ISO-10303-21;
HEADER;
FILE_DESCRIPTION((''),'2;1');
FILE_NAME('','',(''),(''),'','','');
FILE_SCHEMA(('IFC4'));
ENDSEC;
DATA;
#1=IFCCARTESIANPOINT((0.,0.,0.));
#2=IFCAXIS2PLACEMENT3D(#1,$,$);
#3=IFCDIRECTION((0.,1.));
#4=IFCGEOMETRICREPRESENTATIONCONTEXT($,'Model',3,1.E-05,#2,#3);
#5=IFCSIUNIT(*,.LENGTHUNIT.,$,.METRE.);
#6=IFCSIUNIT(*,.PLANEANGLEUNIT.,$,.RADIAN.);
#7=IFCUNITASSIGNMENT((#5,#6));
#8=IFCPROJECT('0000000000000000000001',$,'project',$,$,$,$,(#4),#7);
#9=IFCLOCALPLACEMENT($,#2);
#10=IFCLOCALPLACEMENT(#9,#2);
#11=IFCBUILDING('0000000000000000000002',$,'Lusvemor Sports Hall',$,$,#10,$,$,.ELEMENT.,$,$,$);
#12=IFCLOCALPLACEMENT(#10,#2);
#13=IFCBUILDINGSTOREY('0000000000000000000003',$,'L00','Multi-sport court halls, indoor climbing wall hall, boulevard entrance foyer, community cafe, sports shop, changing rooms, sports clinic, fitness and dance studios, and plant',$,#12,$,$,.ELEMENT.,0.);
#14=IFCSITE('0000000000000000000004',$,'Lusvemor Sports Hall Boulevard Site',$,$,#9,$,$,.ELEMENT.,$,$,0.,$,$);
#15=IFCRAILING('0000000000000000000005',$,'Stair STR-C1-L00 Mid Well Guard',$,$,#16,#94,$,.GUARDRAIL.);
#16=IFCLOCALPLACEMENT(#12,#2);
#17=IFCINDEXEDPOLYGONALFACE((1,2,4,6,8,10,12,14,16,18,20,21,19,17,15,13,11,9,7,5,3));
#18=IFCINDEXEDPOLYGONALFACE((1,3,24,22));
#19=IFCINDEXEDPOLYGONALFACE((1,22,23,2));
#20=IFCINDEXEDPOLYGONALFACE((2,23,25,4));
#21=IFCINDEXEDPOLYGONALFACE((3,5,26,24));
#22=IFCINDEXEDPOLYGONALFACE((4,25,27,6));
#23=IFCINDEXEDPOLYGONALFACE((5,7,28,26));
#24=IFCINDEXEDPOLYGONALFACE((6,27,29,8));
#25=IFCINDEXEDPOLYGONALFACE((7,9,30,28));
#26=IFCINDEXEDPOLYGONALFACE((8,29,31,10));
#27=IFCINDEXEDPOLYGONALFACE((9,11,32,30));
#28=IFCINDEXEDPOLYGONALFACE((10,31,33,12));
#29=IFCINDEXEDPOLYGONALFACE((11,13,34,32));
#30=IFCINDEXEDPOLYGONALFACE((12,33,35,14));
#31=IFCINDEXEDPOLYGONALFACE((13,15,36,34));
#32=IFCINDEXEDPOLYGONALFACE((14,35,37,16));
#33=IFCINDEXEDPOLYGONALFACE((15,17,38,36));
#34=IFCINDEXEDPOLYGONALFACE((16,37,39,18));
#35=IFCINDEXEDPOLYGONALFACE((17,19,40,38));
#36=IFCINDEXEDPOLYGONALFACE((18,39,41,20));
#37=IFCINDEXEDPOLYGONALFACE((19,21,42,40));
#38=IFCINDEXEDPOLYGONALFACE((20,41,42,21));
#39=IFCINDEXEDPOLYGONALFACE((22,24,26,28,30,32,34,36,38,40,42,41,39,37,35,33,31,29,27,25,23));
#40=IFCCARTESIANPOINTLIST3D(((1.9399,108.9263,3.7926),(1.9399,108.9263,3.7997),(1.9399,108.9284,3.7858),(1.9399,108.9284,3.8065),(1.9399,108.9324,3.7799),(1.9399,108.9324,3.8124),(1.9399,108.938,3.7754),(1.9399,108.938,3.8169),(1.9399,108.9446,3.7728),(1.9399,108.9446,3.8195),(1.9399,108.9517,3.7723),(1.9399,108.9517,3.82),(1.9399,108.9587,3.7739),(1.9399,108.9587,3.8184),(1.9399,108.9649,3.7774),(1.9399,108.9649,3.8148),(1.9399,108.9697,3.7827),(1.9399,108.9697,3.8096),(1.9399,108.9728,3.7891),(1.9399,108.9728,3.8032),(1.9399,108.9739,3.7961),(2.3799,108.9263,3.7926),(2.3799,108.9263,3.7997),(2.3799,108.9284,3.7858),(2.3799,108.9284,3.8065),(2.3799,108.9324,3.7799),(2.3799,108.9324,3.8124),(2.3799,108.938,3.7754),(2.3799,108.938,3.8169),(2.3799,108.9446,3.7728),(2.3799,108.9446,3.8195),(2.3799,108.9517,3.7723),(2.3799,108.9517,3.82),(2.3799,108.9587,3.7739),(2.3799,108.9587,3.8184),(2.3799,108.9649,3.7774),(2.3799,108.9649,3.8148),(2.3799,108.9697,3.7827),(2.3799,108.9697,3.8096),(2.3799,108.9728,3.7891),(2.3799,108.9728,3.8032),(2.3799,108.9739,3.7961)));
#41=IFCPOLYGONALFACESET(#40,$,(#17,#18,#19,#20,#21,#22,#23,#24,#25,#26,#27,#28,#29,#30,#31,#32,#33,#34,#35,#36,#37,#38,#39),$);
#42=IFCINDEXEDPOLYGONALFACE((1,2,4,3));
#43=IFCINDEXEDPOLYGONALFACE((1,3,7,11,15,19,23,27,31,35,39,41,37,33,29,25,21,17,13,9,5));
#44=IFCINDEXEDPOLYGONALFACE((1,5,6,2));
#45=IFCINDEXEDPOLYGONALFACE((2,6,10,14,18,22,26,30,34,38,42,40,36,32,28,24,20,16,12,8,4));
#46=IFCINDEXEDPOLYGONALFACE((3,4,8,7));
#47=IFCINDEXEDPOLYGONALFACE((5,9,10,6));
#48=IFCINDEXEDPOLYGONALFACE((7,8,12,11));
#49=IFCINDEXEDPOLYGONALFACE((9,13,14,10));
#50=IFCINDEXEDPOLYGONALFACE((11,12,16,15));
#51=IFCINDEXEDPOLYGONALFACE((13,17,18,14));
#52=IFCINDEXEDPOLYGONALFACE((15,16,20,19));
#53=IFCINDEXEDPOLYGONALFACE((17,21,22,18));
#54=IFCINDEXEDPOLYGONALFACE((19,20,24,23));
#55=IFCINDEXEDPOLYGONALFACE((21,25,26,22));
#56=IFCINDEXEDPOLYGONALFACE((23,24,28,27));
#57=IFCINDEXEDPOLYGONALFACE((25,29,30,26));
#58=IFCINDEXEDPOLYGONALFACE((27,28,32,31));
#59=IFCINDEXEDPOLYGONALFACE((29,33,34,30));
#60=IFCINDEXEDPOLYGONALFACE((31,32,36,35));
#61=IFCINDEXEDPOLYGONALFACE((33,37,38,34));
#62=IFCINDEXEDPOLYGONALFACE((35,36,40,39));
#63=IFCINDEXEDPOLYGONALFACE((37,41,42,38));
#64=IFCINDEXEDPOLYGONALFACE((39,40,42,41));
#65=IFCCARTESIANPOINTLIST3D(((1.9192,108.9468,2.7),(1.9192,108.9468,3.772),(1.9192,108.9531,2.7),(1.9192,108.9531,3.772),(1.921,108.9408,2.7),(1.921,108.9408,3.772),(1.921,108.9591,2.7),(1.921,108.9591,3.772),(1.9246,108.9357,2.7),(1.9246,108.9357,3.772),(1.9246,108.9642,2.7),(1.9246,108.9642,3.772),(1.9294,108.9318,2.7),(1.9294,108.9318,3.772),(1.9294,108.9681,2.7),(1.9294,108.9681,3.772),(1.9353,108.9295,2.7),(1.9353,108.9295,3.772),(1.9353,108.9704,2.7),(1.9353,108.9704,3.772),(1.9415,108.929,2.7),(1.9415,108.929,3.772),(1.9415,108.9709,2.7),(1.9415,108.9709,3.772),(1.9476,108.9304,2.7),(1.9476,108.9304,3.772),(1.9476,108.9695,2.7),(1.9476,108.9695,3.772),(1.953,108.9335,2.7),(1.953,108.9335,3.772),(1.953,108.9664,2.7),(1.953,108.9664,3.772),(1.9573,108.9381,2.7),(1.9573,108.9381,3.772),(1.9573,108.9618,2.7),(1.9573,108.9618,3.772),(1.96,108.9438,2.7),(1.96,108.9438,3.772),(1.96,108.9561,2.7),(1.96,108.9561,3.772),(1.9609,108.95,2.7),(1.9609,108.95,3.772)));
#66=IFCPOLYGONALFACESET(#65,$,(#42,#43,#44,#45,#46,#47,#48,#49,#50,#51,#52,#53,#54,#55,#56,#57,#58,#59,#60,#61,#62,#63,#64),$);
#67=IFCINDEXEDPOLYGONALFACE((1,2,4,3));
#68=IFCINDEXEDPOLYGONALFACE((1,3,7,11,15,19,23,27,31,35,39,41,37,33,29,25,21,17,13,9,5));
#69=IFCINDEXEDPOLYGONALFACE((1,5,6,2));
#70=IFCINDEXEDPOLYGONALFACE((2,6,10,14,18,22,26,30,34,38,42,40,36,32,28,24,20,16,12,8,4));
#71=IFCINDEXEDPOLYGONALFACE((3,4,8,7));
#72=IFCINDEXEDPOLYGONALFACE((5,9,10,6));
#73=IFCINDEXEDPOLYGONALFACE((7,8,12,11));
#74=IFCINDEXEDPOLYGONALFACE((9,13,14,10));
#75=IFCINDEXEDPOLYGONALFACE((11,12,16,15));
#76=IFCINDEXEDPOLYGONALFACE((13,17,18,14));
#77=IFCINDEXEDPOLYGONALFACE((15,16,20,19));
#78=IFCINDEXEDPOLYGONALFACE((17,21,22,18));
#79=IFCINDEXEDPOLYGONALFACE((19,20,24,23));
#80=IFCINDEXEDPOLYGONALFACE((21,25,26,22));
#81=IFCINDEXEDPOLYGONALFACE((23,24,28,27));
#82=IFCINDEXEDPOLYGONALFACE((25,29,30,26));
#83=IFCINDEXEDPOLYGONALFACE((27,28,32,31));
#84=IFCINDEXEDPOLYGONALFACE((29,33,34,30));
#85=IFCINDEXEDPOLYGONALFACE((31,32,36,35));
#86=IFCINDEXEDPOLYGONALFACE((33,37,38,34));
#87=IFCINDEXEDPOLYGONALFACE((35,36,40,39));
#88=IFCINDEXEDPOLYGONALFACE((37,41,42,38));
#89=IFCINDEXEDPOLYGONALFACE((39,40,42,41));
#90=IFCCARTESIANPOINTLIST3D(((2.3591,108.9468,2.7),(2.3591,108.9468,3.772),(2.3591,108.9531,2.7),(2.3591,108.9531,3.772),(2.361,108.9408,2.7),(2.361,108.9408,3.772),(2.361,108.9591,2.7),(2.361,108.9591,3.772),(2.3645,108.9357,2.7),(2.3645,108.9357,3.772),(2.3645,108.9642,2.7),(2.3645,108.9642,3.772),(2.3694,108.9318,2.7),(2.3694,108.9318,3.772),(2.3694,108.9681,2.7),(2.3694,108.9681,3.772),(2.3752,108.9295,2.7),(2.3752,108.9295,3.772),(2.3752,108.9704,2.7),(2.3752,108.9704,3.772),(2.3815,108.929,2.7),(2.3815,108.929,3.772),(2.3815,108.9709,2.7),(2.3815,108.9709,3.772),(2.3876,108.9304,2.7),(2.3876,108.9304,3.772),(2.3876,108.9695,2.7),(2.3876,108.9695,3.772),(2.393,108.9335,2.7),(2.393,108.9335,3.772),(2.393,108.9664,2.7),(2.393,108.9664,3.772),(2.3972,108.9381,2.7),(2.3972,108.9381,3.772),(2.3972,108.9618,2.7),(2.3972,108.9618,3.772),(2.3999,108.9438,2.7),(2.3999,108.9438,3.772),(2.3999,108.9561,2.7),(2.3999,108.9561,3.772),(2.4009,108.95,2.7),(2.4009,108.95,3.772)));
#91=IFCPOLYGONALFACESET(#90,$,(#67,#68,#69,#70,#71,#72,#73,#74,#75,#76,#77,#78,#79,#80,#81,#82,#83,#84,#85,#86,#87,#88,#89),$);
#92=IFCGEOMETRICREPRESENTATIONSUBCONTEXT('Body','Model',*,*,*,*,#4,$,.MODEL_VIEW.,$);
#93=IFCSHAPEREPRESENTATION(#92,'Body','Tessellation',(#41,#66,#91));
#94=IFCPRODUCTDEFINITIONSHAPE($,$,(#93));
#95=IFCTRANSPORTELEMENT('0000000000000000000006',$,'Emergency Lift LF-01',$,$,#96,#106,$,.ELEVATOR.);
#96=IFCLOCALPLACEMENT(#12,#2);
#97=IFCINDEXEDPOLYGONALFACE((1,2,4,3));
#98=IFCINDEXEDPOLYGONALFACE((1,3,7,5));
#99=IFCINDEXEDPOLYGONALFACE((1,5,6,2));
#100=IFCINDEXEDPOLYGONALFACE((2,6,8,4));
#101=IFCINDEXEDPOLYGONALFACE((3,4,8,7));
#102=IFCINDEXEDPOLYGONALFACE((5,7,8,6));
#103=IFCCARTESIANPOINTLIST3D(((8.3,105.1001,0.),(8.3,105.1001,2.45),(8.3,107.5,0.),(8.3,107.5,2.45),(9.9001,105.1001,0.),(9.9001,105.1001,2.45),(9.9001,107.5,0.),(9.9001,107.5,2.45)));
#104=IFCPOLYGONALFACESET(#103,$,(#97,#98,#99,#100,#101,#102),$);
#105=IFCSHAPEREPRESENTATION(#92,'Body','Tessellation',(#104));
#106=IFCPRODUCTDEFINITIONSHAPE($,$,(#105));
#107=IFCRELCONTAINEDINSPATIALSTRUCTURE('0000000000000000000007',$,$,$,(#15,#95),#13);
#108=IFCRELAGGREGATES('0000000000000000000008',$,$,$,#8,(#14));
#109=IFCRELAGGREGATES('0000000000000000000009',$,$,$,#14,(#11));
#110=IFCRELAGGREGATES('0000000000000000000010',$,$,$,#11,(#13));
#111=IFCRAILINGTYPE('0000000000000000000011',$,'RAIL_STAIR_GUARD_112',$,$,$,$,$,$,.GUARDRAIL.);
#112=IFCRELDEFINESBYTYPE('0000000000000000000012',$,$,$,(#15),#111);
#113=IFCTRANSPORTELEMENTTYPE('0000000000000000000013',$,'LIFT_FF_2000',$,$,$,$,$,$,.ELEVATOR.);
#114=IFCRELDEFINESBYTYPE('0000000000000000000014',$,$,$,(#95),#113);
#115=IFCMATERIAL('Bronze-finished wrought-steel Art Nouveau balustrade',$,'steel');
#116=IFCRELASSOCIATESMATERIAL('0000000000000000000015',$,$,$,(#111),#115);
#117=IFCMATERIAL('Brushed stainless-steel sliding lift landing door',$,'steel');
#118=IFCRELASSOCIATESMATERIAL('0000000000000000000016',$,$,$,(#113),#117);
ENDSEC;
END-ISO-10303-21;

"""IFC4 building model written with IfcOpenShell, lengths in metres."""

from ifc_helpers import new_model, si_unit, direction, frame, origin, origin_2d, place, context, subcontext, project, spatial, rectangle, circle, extrude, material, type_object, element, save


model = new_model("IFC4")

# Units and contexts
model_context = context("Model", 3, precision=1e-05, world=origin(), true_north=direction((0.0, 1.0)))
body_context = subcontext(model_context, "Body", "Model", "MODEL_VIEW")
ifc_project = project(units=[si_unit("LENGTHUNIT", "METRE"), si_unit("PLANEANGLEUNIT", "RADIAN")], contexts=[model_context])

# Site, building, storey
site_placement = place(None, origin())
site = spatial("IfcSite", under=ifc_project, at=site_placement, Name="Lusvemor Sports Hall Boulevard Site", CompositionType="ELEMENT", RefElevation=0.0)
building_placement = place(site_placement, origin())
building = spatial("IfcBuilding", under=site, at=building_placement, Name="Lusvemor Sports Hall", CompositionType="ELEMENT")
storey_placement = place(building_placement, origin())
storey = spatial("IfcBuildingStorey", under=building, at=storey_placement, Name="L00", Description="Multi-sport court halls, indoor climbing wall hall, boulevard entrance foyer, community cafe, sports shop, changing rooms, sports clinic, fitness and dance studios, and plant", CompositionType="ELEMENT", Elevation=0.0)

# Railing
ifc_material_1 = material(Name="Bronze-finished wrought-steel Art Nouveau balustrade", Category="steel")
railing_type_1 = type_object("IfcRailingType", Name="RAIL_STAIR_GUARD_112", PredefinedType="GUARDRAIL", material=ifc_material_1)
railing_1_placement = place(storey_placement, frame((1.9399, 108.95, 2.7)))
element("IfcRailing", 1, at=railing_1_placement, inside=storey, type_object=railing_type_1, Name="Stair STR-C1-L00 Mid Well Guard", PredefinedType="GUARDRAIL", context=body_context, shape_type="SweptSolid", body=[
    extrude(circle(Radius=0.0239, at=origin_2d()), frame((0.0, 0.0, 1.0962), z_axis=(1.0, 0.0, 0.0), x_axis=(0.0, 1.0, 0.0)), (0.0, 0.0, 1.0), 0.4399),
    extrude(circle(Radius=0.021, at=origin_2d()), origin(), (0.0, 0.0, 1.0), 1.072),
    extrude(circle(Radius=0.021, at=origin_2d()), frame((0.4399, 0.0, 0.0)), (0.0, 0.0, 1.0), 1.072),
])

# Transport element
ifc_material_2 = material(Name="Brushed stainless-steel sliding lift landing door", Category="steel")
transport_element_type = type_object("IfcTransportElementType", Name="LIFT_FF_2000", PredefinedType="ELEVATOR", material=ifc_material_2)
transport_element_placement = place(storey_placement, frame((9.1001, 106.3, 0.0), z_axis=(0.0, 0.0, 1.0), x_axis=(1.0, 0.0, 0.0)))
element("IfcTransportElement", 2, at=transport_element_placement, inside=storey, type_object=transport_element_type, Name="Emergency Lift LF-01", PredefinedType="ELEVATOR", context=body_context, shape_type="SweptSolid", body=[
    extrude(rectangle(XDim=1.6001, YDim=2.3999, at=origin_2d()), origin(), (0.0, 0.0, 1.0), 2.45),
])

save(model, "model.ifc")
